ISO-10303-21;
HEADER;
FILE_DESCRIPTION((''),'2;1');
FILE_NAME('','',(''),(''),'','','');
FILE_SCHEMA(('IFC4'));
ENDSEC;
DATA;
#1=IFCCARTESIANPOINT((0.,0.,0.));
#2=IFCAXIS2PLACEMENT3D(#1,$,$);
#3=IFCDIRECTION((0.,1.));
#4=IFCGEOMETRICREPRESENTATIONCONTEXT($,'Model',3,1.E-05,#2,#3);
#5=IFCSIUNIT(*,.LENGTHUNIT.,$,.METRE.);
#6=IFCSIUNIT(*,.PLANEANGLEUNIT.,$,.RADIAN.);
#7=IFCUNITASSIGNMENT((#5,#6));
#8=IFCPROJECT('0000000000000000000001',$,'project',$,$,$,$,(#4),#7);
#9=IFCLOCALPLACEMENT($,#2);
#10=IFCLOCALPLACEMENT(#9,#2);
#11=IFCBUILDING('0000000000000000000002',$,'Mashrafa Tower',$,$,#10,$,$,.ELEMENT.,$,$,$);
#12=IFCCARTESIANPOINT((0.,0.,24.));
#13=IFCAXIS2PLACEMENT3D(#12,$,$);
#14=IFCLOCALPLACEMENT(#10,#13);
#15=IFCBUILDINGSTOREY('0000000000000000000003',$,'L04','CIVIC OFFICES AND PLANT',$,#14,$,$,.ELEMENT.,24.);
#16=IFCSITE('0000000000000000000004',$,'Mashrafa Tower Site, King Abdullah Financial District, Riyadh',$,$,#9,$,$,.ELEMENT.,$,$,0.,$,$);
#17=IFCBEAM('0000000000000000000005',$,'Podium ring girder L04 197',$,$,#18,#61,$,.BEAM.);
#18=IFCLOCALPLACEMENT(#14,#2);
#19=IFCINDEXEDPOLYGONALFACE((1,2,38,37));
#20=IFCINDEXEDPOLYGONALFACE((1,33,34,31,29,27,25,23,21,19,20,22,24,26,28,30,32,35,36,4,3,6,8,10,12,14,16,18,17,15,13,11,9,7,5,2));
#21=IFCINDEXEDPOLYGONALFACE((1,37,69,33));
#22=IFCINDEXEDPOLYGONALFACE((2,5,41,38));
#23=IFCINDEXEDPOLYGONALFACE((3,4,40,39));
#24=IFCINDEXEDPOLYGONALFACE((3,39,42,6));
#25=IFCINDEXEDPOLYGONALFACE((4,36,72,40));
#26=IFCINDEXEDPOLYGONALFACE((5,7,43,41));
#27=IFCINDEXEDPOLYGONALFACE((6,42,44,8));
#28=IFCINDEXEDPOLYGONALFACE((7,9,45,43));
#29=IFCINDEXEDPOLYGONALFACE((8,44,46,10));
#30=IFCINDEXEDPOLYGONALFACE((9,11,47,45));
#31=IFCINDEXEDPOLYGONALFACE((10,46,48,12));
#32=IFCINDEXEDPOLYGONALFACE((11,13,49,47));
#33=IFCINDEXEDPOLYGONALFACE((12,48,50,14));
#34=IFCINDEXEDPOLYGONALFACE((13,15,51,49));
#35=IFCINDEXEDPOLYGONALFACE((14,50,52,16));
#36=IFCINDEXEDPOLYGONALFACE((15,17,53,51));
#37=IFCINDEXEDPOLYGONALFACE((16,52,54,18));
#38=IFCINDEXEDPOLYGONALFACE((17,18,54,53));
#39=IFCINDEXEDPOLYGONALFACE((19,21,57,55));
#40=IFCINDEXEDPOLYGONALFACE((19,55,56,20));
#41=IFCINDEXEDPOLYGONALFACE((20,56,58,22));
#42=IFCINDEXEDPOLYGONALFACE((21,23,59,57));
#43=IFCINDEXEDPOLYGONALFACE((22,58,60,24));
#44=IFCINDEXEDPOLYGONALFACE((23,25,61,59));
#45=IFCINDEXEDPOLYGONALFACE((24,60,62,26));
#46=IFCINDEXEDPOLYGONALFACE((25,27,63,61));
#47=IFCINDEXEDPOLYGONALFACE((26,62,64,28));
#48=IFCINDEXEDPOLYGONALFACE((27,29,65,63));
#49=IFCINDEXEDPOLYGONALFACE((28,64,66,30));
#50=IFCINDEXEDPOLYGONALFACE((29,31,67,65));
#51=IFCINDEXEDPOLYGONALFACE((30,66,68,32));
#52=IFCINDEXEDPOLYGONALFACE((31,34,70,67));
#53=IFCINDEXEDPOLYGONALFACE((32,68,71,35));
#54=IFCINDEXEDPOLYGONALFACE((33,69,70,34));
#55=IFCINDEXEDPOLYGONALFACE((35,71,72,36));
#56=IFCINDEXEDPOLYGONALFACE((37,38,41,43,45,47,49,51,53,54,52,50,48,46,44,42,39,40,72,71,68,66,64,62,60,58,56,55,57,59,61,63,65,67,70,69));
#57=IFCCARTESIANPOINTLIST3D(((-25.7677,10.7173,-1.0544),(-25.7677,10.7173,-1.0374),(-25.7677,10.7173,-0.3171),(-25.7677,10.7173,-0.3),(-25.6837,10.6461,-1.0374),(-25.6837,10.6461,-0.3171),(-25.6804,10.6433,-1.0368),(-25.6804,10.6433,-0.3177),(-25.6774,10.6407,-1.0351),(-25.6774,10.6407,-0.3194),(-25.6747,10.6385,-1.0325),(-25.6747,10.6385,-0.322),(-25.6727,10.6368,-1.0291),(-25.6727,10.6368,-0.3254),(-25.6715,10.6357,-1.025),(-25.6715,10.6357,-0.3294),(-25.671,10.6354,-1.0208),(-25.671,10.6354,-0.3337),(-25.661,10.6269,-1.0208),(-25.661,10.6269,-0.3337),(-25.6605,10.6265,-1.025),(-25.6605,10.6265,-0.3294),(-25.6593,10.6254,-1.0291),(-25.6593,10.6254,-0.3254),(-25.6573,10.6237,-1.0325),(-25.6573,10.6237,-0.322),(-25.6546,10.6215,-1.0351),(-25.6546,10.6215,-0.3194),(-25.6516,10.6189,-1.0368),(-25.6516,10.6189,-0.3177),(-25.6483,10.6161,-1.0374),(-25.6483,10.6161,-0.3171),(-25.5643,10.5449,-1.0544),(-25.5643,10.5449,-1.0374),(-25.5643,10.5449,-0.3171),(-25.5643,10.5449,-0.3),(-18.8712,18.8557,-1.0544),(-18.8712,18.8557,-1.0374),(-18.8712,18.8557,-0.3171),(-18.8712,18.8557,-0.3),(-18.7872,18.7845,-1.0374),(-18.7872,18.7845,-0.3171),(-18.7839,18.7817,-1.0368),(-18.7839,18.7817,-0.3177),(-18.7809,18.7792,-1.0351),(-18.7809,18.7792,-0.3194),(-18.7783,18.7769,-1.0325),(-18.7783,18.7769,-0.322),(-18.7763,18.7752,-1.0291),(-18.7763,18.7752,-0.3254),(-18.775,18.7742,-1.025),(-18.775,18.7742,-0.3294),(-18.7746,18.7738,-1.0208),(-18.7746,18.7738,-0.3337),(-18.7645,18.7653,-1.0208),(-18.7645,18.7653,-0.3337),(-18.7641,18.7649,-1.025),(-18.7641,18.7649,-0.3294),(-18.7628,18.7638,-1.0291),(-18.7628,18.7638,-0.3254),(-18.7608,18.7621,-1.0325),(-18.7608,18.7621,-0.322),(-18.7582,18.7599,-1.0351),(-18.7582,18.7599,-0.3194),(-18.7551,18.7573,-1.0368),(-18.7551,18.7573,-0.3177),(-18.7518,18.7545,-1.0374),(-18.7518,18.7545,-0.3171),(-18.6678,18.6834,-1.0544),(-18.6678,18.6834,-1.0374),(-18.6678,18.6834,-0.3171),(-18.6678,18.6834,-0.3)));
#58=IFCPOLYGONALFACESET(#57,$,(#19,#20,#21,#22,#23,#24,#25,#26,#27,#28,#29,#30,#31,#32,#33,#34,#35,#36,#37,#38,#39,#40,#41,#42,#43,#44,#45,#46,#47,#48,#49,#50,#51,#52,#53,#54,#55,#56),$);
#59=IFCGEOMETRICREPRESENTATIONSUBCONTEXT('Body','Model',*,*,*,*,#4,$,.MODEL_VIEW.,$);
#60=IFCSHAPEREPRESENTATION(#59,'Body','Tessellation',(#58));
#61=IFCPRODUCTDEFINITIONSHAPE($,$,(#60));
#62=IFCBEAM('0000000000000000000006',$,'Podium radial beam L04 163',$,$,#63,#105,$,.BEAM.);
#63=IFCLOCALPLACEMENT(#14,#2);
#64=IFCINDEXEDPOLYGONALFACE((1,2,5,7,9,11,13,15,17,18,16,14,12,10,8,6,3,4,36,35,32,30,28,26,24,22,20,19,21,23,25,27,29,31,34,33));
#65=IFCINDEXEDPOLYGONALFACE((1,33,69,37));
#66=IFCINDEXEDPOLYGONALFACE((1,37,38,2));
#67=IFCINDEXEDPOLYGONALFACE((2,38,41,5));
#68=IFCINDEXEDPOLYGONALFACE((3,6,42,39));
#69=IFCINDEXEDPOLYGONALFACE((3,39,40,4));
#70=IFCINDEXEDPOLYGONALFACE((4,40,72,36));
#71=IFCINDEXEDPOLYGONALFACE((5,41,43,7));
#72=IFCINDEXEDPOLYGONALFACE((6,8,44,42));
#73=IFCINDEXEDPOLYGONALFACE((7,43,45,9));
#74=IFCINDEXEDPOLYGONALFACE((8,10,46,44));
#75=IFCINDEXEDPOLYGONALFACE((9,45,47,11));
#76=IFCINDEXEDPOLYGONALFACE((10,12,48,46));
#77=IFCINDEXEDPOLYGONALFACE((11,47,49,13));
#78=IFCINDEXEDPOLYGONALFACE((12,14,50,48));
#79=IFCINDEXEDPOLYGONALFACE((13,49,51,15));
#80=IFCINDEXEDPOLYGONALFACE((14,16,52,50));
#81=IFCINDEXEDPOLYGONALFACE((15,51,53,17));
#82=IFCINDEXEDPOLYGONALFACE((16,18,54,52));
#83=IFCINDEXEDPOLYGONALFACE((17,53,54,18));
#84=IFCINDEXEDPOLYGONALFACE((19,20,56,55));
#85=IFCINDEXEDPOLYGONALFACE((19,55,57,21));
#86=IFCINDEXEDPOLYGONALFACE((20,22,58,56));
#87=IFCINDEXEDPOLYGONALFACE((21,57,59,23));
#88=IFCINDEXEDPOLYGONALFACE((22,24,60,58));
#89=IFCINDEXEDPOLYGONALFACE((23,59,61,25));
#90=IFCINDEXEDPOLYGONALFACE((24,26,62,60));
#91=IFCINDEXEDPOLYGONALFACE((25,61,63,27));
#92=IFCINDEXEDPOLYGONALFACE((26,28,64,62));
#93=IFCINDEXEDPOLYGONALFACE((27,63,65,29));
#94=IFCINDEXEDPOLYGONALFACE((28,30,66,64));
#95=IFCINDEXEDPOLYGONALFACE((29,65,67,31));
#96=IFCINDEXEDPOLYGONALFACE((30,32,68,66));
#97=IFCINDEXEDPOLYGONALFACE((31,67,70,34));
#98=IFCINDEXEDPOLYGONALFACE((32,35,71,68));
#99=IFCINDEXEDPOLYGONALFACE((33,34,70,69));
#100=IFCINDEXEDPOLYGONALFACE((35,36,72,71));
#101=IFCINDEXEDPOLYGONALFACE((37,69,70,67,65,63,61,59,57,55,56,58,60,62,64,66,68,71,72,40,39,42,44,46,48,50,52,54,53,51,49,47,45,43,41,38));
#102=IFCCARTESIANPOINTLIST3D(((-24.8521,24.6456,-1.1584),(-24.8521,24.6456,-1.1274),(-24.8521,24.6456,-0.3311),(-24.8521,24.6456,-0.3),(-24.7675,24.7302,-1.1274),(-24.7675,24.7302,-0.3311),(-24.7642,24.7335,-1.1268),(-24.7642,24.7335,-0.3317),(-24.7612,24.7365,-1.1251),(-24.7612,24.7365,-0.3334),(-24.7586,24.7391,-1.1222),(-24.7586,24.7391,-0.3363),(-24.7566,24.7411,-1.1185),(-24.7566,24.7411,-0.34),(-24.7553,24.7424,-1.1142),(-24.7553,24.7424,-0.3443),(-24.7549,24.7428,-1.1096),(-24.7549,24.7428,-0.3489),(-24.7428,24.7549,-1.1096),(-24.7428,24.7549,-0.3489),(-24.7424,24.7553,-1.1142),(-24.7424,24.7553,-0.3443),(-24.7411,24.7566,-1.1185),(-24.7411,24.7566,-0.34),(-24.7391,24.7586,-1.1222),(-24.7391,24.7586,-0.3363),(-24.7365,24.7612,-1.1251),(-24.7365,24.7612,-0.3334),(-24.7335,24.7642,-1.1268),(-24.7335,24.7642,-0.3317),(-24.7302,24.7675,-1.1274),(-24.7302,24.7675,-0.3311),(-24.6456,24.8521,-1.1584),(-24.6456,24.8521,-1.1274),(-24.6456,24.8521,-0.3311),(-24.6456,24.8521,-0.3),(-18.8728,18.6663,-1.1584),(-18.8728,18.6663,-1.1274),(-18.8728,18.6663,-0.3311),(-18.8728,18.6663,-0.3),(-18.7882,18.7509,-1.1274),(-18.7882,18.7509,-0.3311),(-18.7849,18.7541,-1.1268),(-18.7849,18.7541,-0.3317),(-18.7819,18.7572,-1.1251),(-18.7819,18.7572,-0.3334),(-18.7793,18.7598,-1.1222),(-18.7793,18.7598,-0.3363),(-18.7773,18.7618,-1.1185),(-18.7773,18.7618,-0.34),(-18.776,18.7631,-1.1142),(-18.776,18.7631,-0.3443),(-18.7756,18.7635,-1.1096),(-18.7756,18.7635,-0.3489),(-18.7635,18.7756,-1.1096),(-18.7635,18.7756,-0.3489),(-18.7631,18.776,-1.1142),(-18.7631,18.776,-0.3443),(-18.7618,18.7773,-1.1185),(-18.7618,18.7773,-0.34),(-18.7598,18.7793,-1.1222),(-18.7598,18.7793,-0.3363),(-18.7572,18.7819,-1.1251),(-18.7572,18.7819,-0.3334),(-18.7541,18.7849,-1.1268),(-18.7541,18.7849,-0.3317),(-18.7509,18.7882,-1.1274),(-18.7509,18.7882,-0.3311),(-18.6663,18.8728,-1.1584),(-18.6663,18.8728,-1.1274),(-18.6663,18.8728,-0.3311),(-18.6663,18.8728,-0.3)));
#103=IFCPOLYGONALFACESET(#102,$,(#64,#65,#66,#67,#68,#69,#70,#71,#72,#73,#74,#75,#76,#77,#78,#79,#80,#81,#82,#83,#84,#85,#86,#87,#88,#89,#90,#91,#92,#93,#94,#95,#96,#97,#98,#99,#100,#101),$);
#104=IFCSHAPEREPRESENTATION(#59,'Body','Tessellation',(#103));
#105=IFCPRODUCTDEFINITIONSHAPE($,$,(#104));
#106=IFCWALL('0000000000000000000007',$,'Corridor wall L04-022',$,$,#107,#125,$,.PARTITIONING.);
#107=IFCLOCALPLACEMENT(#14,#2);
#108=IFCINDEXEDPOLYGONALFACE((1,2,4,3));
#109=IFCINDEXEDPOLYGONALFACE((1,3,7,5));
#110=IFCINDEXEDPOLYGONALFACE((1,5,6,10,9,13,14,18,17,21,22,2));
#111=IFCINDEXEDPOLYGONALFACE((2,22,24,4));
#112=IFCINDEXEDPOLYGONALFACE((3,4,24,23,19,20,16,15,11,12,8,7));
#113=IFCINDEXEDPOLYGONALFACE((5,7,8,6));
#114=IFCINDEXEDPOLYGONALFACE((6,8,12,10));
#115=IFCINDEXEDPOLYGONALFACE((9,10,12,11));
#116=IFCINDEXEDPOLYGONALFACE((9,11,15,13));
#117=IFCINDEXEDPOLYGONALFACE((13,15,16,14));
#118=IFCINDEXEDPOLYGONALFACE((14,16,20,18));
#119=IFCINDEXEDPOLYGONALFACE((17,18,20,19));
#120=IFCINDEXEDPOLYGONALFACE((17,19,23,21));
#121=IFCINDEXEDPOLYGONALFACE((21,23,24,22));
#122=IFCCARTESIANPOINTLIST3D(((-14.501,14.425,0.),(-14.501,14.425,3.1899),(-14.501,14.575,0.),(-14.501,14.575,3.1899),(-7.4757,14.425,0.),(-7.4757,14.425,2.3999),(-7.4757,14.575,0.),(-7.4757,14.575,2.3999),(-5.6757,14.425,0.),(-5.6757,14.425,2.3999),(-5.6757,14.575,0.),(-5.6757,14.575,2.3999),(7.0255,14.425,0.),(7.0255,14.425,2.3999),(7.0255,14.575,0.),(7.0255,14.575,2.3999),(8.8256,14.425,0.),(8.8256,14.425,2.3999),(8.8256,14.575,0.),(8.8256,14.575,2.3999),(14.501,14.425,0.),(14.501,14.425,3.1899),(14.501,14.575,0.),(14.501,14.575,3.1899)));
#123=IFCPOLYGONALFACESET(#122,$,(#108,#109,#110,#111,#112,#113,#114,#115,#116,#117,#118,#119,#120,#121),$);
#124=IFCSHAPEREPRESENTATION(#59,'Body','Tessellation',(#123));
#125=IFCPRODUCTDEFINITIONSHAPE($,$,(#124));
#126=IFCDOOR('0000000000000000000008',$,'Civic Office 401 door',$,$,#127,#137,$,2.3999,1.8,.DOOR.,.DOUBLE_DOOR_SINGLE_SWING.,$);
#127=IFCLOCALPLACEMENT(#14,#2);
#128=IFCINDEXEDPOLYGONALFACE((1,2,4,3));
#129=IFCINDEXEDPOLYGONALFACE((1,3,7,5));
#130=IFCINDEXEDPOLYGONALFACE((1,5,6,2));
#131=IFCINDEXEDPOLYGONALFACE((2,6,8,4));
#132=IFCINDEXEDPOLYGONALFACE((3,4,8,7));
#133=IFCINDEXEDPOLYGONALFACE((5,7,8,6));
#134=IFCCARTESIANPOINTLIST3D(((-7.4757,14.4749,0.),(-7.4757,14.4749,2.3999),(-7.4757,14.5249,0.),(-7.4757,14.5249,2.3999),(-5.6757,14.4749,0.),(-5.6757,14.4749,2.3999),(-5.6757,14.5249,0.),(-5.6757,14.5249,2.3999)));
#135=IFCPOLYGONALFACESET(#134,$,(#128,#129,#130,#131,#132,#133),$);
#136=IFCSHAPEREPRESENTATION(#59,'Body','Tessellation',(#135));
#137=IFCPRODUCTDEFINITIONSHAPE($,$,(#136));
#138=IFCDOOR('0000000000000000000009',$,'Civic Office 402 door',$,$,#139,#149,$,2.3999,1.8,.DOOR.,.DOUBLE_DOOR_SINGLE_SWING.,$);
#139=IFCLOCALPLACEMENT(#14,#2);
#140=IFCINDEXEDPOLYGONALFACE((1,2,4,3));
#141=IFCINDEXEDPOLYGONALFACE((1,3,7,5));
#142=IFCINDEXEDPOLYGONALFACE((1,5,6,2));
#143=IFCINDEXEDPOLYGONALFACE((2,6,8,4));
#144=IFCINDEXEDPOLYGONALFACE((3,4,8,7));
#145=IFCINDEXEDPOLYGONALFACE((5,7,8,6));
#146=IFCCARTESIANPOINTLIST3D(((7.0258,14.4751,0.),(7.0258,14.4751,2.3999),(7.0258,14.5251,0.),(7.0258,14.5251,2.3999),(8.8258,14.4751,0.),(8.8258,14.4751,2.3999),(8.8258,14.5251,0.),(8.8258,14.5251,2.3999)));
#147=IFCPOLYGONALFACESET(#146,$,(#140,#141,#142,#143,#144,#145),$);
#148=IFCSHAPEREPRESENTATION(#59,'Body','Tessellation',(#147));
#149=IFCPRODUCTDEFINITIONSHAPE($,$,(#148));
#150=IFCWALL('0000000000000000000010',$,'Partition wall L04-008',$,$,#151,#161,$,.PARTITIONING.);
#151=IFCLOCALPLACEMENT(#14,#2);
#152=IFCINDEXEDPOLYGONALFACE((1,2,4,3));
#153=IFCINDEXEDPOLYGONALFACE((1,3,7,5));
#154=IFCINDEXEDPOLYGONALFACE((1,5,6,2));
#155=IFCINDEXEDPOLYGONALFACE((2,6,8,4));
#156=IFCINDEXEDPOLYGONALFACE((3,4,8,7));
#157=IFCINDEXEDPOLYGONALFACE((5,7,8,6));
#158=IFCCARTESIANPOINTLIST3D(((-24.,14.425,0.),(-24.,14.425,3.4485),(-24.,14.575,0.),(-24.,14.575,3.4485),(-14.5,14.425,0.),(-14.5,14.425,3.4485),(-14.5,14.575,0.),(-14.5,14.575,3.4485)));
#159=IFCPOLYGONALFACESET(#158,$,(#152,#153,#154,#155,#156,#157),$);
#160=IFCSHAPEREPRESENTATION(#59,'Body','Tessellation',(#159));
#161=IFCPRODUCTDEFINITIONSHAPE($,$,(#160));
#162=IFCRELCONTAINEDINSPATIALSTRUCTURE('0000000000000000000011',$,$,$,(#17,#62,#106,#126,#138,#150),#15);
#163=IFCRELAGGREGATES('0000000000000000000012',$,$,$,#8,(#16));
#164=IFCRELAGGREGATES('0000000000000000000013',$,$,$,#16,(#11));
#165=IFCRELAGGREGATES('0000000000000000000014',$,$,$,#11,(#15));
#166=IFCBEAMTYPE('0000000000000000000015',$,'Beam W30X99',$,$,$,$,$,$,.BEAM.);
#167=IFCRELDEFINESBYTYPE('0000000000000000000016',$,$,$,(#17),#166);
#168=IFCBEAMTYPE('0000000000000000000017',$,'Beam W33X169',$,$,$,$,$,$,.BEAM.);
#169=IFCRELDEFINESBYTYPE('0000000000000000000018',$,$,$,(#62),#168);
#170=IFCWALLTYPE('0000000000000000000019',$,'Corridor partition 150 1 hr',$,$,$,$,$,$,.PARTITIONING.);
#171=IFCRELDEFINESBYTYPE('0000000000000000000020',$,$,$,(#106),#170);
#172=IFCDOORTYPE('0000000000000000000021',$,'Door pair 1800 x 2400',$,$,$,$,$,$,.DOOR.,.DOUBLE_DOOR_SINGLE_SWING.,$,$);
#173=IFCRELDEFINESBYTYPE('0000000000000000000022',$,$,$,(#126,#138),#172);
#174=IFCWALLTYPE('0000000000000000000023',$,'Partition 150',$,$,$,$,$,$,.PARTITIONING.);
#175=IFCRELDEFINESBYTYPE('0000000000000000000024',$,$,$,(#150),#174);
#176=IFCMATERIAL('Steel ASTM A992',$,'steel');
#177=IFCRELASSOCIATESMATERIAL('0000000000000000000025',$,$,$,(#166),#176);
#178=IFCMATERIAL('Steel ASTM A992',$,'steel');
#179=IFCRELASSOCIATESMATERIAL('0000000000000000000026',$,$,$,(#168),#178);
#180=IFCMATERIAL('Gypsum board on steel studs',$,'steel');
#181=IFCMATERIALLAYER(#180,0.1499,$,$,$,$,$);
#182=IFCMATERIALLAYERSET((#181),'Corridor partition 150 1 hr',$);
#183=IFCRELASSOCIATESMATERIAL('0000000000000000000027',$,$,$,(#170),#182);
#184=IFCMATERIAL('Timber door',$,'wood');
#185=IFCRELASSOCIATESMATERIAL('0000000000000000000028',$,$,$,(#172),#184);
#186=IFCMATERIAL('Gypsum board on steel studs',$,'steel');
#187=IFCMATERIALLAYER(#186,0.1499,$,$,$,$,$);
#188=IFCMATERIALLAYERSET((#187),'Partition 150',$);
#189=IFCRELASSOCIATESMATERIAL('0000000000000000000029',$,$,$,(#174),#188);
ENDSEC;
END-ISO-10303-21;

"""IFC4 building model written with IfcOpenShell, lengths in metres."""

from ifc_helpers import new_model, si_unit, direction, frame, frame_2d, origin, origin_2d, place, context, subcontext, project, spatial, rectangle, i_section, extrude, material, layer, layer_set, material_profile, profile_set, type_object, element, fill, save


model = new_model("IFC4")

# Units and contexts
model_context = context("Model", 3, precision=1e-05, world=origin(), true_north=direction((0.0, 1.0)))
body_context = subcontext(model_context, "Body", "Model", "MODEL_VIEW")
ifc_project = project(units=[si_unit("LENGTHUNIT", "METRE"), si_unit("PLANEANGLEUNIT", "RADIAN")], contexts=[model_context])

# Site, building, storey
site_placement = place(None, origin())
site = spatial("IfcSite", under=ifc_project, at=site_placement, Name="Mashrafa Tower Site, King Abdullah Financial District, Riyadh", CompositionType="ELEMENT", RefElevation=0.0)
building_placement = place(site_placement, origin())
building = spatial("IfcBuilding", under=site, at=building_placement, Name="Mashrafa Tower", CompositionType="ELEMENT")
storey_placement = place(building_placement, frame((0.0, 0.0, 24.0)))
storey = spatial("IfcBuildingStorey", under=building, at=storey_placement, Name="L04", Description="CIVIC OFFICES AND PLANT", CompositionType="ELEMENT", Elevation=24.0)

# Beams
ifc_material_1 = material(Name="Steel ASTM A992", Category="steel")
ifc_material_profile_1 = material_profile(ifc_material_1, i_section(OverallWidth=0.2666, OverallDepth=0.7544, WebThickness=0.0132, FlangeThickness=0.0171, FilletRadius=0.0166, at=origin_2d()), Name="W30X99")
ifc_profile_set_1 = profile_set([ifc_material_profile_1], Name="Steel ASTM A992")
beam_type_1 = type_object("IfcBeamType", Name="Beam W30X99", PredefinedType="BEAM", material=ifc_profile_set_1)
beam_1_placement = place(storey_placement, frame((-18.7695, 18.7695, -0.6772), z_axis=(-0.646495, -0.762918, 0.0), x_axis=(0.762918, -0.646495, 0.0)))
element("IfcBeam", 1, at=beam_1_placement, inside=storey, type_object=beam_type_1, Name="Podium ring girder L04 197", PredefinedType="BEAM", context=body_context, shape_type="SweptSolid", body=[
    extrude(i_section(OverallWidth=0.2666, OverallDepth=0.7544, WebThickness=0.0132, FlangeThickness=0.0171, FilletRadius=0.0166, at=origin_2d()), origin(), (0.0, 0.0, 1.0), 10.6675),
])
ifc_material_2 = material(Name="Steel ASTM A992", Category="steel")
ifc_material_profile_2 = material_profile(ifc_material_2, i_section(OverallWidth=0.292, OverallDepth=0.8584, WebThickness=0.0171, FlangeThickness=0.031, FilletRadius=0.0178, at=origin_2d()), Name="W33X169")
ifc_profile_set_2 = profile_set([ifc_material_profile_2], Name="Steel ASTM A992")
beam_type_2 = type_object("IfcBeamType", Name="Beam W33X169", PredefinedType="BEAM", material=ifc_profile_set_2)
beam_2_placement = place(storey_placement, frame((-18.7695, 18.7695, -0.7292), z_axis=(-0.707107, 0.707107, 0.0), x_axis=(-0.707107, -0.707107, 0.0)))
element("IfcBeam", 2, at=beam_2_placement, inside=storey, type_object=beam_type_2, Name="Podium radial beam L04 163", PredefinedType="BEAM", context=body_context, shape_type="SweptSolid", body=[
    extrude(i_section(OverallWidth=0.292, OverallDepth=0.8584, WebThickness=0.0171, FlangeThickness=0.031, FilletRadius=0.0178, at=origin_2d()), origin(), (0.0, 0.0, 1.0), 8.4561),
])

# Wall, openings, doors
ifc_material_3 = material(Name="Gypsum board on steel studs", Category="steel")
ifc_layer_1 = layer(ifc_material_3, 0.1499)
ifc_layer_set_1 = layer_set([ifc_layer_1], Name="Corridor partition 150 1 hr")
wall_type_1 = type_object("IfcWallType", Name="Corridor partition 150 1 hr", PredefinedType="PARTITIONING", material=ifc_layer_set_1)
wall_1_placement = place(storey_placement, frame((-14.501, 14.5, 0.0), z_axis=(0.0, 0.0, 1.0), x_axis=(1.0, 0.0, 0.0)))
wall_1 = element("IfcWall", 3, at=wall_1_placement, inside=storey, type_object=wall_type_1, Name="Corridor wall L04-022", PredefinedType="PARTITIONING", context=body_context, shape_type="SweptSolid", body=[
    extrude(rectangle(XDim=29.002, YDim=0.1499, at=frame_2d((14.501, 0.0))), origin(), (0.0, 0.0, 1.0), 3.1899),
])
opening_1_placement = place(wall_1_placement, frame((7.0254, 0.0, 0.0)))
opening_1 = element("IfcOpeningElement", 4, at=opening_1_placement, cuts=wall_1, PredefinedType="OPENING", context=body_context, shape_type="SweptSolid", body=[
    extrude(rectangle(XDim=1.8, YDim=2.3999, at=frame_2d((0.8999, 1.2))), frame((0.0, 0.085, 0.0), z_axis=(0.0, -1.0, 0.0), x_axis=(1.0, 0.0, 0.0)), (0.0, 0.0, 1.0), 0.1699),
])
opening_2_placement = place(wall_1_placement, frame((21.5266, 0.0, 0.0)))
opening_2 = element("IfcOpeningElement", 5, at=opening_2_placement, cuts=wall_1, PredefinedType="OPENING", context=body_context, shape_type="SweptSolid", body=[
    extrude(rectangle(XDim=1.8, YDim=2.3999, at=frame_2d((0.8999, 1.2))), frame((0.0, 0.085, 0.0), z_axis=(0.0, -1.0, 0.0), x_axis=(1.0, 0.0, 0.0)), (0.0, 0.0, 1.0), 0.1699),
])
ifc_material_4 = material(Name="Timber door", Category="wood")
door_type = type_object("IfcDoorType", Name="Door pair 1800 x 2400", OperationType="DOUBLE_DOOR_SINGLE_SWING", PredefinedType="DOOR", material=ifc_material_4)
door_1_placement = place(opening_1_placement, origin())
door_1 = element("IfcDoor", 6, at=door_1_placement, inside=storey, type_object=door_type, Name="Civic Office 401 door", OperationType="DOUBLE_DOOR_SINGLE_SWING", OverallHeight=2.3999, OverallWidth=1.8, PredefinedType="DOOR", context=body_context, shape_type="SweptSolid", body=[
    extrude(rectangle(XDim=1.8, YDim=2.3999, at=frame_2d((0.8999, 1.2))), frame((0.0, 0.0249, 0.0), z_axis=(0.0, -1.0, 0.0), x_axis=(1.0, 0.0, 0.0)), (0.0, 0.0, 1.0), 0.05),
])
fill(opening_1, door_1)
door_2_placement = place(opening_2_placement, frame((1.8, 0.0, 0.0), z_axis=(0.0, 0.0, 1.0), x_axis=(-1.0, 0.0, 0.0)))
door_2 = element("IfcDoor", 7, at=door_2_placement, inside=storey, type_object=door_type, Name="Civic Office 402 door", OperationType="DOUBLE_DOOR_SINGLE_SWING", OverallHeight=2.3999, OverallWidth=1.8, PredefinedType="DOOR", context=body_context, shape_type="SweptSolid", body=[
    extrude(rectangle(XDim=1.8, YDim=2.3999, at=frame_2d((0.8999, 1.2))), frame((0.0, 0.0249, 0.0), z_axis=(0.0, -1.0, 0.0), x_axis=(1.0, 0.0, 0.0)), (0.0, 0.0, 1.0), 0.05),
])
fill(opening_2, door_2)

# Wall
ifc_material_5 = material(Name="Gypsum board on steel studs", Category="steel")
ifc_layer_2 = layer(ifc_material_5, 0.1499)
ifc_layer_set_2 = layer_set([ifc_layer_2], Name="Partition 150")
wall_type_2 = type_object("IfcWallType", Name="Partition 150", PredefinedType="PARTITIONING", material=ifc_layer_set_2)
wall_2_placement = place(storey_placement, frame((-14.5, 14.5, 0.0), z_axis=(0.0, 0.0, 1.0), x_axis=(-1.0, 0.0, 0.0)))
element("IfcWall", 8, at=wall_2_placement, inside=storey, type_object=wall_type_2, Name="Partition wall L04-008", PredefinedType="PARTITIONING", context=body_context, shape_type="SweptSolid", body=[
    extrude(rectangle(XDim=9.5, YDim=0.1499, at=frame_2d((4.75, 0.0))), origin(), (0.0, 0.0, 1.0), 3.4485),
])

save(model, "model.ifc")
